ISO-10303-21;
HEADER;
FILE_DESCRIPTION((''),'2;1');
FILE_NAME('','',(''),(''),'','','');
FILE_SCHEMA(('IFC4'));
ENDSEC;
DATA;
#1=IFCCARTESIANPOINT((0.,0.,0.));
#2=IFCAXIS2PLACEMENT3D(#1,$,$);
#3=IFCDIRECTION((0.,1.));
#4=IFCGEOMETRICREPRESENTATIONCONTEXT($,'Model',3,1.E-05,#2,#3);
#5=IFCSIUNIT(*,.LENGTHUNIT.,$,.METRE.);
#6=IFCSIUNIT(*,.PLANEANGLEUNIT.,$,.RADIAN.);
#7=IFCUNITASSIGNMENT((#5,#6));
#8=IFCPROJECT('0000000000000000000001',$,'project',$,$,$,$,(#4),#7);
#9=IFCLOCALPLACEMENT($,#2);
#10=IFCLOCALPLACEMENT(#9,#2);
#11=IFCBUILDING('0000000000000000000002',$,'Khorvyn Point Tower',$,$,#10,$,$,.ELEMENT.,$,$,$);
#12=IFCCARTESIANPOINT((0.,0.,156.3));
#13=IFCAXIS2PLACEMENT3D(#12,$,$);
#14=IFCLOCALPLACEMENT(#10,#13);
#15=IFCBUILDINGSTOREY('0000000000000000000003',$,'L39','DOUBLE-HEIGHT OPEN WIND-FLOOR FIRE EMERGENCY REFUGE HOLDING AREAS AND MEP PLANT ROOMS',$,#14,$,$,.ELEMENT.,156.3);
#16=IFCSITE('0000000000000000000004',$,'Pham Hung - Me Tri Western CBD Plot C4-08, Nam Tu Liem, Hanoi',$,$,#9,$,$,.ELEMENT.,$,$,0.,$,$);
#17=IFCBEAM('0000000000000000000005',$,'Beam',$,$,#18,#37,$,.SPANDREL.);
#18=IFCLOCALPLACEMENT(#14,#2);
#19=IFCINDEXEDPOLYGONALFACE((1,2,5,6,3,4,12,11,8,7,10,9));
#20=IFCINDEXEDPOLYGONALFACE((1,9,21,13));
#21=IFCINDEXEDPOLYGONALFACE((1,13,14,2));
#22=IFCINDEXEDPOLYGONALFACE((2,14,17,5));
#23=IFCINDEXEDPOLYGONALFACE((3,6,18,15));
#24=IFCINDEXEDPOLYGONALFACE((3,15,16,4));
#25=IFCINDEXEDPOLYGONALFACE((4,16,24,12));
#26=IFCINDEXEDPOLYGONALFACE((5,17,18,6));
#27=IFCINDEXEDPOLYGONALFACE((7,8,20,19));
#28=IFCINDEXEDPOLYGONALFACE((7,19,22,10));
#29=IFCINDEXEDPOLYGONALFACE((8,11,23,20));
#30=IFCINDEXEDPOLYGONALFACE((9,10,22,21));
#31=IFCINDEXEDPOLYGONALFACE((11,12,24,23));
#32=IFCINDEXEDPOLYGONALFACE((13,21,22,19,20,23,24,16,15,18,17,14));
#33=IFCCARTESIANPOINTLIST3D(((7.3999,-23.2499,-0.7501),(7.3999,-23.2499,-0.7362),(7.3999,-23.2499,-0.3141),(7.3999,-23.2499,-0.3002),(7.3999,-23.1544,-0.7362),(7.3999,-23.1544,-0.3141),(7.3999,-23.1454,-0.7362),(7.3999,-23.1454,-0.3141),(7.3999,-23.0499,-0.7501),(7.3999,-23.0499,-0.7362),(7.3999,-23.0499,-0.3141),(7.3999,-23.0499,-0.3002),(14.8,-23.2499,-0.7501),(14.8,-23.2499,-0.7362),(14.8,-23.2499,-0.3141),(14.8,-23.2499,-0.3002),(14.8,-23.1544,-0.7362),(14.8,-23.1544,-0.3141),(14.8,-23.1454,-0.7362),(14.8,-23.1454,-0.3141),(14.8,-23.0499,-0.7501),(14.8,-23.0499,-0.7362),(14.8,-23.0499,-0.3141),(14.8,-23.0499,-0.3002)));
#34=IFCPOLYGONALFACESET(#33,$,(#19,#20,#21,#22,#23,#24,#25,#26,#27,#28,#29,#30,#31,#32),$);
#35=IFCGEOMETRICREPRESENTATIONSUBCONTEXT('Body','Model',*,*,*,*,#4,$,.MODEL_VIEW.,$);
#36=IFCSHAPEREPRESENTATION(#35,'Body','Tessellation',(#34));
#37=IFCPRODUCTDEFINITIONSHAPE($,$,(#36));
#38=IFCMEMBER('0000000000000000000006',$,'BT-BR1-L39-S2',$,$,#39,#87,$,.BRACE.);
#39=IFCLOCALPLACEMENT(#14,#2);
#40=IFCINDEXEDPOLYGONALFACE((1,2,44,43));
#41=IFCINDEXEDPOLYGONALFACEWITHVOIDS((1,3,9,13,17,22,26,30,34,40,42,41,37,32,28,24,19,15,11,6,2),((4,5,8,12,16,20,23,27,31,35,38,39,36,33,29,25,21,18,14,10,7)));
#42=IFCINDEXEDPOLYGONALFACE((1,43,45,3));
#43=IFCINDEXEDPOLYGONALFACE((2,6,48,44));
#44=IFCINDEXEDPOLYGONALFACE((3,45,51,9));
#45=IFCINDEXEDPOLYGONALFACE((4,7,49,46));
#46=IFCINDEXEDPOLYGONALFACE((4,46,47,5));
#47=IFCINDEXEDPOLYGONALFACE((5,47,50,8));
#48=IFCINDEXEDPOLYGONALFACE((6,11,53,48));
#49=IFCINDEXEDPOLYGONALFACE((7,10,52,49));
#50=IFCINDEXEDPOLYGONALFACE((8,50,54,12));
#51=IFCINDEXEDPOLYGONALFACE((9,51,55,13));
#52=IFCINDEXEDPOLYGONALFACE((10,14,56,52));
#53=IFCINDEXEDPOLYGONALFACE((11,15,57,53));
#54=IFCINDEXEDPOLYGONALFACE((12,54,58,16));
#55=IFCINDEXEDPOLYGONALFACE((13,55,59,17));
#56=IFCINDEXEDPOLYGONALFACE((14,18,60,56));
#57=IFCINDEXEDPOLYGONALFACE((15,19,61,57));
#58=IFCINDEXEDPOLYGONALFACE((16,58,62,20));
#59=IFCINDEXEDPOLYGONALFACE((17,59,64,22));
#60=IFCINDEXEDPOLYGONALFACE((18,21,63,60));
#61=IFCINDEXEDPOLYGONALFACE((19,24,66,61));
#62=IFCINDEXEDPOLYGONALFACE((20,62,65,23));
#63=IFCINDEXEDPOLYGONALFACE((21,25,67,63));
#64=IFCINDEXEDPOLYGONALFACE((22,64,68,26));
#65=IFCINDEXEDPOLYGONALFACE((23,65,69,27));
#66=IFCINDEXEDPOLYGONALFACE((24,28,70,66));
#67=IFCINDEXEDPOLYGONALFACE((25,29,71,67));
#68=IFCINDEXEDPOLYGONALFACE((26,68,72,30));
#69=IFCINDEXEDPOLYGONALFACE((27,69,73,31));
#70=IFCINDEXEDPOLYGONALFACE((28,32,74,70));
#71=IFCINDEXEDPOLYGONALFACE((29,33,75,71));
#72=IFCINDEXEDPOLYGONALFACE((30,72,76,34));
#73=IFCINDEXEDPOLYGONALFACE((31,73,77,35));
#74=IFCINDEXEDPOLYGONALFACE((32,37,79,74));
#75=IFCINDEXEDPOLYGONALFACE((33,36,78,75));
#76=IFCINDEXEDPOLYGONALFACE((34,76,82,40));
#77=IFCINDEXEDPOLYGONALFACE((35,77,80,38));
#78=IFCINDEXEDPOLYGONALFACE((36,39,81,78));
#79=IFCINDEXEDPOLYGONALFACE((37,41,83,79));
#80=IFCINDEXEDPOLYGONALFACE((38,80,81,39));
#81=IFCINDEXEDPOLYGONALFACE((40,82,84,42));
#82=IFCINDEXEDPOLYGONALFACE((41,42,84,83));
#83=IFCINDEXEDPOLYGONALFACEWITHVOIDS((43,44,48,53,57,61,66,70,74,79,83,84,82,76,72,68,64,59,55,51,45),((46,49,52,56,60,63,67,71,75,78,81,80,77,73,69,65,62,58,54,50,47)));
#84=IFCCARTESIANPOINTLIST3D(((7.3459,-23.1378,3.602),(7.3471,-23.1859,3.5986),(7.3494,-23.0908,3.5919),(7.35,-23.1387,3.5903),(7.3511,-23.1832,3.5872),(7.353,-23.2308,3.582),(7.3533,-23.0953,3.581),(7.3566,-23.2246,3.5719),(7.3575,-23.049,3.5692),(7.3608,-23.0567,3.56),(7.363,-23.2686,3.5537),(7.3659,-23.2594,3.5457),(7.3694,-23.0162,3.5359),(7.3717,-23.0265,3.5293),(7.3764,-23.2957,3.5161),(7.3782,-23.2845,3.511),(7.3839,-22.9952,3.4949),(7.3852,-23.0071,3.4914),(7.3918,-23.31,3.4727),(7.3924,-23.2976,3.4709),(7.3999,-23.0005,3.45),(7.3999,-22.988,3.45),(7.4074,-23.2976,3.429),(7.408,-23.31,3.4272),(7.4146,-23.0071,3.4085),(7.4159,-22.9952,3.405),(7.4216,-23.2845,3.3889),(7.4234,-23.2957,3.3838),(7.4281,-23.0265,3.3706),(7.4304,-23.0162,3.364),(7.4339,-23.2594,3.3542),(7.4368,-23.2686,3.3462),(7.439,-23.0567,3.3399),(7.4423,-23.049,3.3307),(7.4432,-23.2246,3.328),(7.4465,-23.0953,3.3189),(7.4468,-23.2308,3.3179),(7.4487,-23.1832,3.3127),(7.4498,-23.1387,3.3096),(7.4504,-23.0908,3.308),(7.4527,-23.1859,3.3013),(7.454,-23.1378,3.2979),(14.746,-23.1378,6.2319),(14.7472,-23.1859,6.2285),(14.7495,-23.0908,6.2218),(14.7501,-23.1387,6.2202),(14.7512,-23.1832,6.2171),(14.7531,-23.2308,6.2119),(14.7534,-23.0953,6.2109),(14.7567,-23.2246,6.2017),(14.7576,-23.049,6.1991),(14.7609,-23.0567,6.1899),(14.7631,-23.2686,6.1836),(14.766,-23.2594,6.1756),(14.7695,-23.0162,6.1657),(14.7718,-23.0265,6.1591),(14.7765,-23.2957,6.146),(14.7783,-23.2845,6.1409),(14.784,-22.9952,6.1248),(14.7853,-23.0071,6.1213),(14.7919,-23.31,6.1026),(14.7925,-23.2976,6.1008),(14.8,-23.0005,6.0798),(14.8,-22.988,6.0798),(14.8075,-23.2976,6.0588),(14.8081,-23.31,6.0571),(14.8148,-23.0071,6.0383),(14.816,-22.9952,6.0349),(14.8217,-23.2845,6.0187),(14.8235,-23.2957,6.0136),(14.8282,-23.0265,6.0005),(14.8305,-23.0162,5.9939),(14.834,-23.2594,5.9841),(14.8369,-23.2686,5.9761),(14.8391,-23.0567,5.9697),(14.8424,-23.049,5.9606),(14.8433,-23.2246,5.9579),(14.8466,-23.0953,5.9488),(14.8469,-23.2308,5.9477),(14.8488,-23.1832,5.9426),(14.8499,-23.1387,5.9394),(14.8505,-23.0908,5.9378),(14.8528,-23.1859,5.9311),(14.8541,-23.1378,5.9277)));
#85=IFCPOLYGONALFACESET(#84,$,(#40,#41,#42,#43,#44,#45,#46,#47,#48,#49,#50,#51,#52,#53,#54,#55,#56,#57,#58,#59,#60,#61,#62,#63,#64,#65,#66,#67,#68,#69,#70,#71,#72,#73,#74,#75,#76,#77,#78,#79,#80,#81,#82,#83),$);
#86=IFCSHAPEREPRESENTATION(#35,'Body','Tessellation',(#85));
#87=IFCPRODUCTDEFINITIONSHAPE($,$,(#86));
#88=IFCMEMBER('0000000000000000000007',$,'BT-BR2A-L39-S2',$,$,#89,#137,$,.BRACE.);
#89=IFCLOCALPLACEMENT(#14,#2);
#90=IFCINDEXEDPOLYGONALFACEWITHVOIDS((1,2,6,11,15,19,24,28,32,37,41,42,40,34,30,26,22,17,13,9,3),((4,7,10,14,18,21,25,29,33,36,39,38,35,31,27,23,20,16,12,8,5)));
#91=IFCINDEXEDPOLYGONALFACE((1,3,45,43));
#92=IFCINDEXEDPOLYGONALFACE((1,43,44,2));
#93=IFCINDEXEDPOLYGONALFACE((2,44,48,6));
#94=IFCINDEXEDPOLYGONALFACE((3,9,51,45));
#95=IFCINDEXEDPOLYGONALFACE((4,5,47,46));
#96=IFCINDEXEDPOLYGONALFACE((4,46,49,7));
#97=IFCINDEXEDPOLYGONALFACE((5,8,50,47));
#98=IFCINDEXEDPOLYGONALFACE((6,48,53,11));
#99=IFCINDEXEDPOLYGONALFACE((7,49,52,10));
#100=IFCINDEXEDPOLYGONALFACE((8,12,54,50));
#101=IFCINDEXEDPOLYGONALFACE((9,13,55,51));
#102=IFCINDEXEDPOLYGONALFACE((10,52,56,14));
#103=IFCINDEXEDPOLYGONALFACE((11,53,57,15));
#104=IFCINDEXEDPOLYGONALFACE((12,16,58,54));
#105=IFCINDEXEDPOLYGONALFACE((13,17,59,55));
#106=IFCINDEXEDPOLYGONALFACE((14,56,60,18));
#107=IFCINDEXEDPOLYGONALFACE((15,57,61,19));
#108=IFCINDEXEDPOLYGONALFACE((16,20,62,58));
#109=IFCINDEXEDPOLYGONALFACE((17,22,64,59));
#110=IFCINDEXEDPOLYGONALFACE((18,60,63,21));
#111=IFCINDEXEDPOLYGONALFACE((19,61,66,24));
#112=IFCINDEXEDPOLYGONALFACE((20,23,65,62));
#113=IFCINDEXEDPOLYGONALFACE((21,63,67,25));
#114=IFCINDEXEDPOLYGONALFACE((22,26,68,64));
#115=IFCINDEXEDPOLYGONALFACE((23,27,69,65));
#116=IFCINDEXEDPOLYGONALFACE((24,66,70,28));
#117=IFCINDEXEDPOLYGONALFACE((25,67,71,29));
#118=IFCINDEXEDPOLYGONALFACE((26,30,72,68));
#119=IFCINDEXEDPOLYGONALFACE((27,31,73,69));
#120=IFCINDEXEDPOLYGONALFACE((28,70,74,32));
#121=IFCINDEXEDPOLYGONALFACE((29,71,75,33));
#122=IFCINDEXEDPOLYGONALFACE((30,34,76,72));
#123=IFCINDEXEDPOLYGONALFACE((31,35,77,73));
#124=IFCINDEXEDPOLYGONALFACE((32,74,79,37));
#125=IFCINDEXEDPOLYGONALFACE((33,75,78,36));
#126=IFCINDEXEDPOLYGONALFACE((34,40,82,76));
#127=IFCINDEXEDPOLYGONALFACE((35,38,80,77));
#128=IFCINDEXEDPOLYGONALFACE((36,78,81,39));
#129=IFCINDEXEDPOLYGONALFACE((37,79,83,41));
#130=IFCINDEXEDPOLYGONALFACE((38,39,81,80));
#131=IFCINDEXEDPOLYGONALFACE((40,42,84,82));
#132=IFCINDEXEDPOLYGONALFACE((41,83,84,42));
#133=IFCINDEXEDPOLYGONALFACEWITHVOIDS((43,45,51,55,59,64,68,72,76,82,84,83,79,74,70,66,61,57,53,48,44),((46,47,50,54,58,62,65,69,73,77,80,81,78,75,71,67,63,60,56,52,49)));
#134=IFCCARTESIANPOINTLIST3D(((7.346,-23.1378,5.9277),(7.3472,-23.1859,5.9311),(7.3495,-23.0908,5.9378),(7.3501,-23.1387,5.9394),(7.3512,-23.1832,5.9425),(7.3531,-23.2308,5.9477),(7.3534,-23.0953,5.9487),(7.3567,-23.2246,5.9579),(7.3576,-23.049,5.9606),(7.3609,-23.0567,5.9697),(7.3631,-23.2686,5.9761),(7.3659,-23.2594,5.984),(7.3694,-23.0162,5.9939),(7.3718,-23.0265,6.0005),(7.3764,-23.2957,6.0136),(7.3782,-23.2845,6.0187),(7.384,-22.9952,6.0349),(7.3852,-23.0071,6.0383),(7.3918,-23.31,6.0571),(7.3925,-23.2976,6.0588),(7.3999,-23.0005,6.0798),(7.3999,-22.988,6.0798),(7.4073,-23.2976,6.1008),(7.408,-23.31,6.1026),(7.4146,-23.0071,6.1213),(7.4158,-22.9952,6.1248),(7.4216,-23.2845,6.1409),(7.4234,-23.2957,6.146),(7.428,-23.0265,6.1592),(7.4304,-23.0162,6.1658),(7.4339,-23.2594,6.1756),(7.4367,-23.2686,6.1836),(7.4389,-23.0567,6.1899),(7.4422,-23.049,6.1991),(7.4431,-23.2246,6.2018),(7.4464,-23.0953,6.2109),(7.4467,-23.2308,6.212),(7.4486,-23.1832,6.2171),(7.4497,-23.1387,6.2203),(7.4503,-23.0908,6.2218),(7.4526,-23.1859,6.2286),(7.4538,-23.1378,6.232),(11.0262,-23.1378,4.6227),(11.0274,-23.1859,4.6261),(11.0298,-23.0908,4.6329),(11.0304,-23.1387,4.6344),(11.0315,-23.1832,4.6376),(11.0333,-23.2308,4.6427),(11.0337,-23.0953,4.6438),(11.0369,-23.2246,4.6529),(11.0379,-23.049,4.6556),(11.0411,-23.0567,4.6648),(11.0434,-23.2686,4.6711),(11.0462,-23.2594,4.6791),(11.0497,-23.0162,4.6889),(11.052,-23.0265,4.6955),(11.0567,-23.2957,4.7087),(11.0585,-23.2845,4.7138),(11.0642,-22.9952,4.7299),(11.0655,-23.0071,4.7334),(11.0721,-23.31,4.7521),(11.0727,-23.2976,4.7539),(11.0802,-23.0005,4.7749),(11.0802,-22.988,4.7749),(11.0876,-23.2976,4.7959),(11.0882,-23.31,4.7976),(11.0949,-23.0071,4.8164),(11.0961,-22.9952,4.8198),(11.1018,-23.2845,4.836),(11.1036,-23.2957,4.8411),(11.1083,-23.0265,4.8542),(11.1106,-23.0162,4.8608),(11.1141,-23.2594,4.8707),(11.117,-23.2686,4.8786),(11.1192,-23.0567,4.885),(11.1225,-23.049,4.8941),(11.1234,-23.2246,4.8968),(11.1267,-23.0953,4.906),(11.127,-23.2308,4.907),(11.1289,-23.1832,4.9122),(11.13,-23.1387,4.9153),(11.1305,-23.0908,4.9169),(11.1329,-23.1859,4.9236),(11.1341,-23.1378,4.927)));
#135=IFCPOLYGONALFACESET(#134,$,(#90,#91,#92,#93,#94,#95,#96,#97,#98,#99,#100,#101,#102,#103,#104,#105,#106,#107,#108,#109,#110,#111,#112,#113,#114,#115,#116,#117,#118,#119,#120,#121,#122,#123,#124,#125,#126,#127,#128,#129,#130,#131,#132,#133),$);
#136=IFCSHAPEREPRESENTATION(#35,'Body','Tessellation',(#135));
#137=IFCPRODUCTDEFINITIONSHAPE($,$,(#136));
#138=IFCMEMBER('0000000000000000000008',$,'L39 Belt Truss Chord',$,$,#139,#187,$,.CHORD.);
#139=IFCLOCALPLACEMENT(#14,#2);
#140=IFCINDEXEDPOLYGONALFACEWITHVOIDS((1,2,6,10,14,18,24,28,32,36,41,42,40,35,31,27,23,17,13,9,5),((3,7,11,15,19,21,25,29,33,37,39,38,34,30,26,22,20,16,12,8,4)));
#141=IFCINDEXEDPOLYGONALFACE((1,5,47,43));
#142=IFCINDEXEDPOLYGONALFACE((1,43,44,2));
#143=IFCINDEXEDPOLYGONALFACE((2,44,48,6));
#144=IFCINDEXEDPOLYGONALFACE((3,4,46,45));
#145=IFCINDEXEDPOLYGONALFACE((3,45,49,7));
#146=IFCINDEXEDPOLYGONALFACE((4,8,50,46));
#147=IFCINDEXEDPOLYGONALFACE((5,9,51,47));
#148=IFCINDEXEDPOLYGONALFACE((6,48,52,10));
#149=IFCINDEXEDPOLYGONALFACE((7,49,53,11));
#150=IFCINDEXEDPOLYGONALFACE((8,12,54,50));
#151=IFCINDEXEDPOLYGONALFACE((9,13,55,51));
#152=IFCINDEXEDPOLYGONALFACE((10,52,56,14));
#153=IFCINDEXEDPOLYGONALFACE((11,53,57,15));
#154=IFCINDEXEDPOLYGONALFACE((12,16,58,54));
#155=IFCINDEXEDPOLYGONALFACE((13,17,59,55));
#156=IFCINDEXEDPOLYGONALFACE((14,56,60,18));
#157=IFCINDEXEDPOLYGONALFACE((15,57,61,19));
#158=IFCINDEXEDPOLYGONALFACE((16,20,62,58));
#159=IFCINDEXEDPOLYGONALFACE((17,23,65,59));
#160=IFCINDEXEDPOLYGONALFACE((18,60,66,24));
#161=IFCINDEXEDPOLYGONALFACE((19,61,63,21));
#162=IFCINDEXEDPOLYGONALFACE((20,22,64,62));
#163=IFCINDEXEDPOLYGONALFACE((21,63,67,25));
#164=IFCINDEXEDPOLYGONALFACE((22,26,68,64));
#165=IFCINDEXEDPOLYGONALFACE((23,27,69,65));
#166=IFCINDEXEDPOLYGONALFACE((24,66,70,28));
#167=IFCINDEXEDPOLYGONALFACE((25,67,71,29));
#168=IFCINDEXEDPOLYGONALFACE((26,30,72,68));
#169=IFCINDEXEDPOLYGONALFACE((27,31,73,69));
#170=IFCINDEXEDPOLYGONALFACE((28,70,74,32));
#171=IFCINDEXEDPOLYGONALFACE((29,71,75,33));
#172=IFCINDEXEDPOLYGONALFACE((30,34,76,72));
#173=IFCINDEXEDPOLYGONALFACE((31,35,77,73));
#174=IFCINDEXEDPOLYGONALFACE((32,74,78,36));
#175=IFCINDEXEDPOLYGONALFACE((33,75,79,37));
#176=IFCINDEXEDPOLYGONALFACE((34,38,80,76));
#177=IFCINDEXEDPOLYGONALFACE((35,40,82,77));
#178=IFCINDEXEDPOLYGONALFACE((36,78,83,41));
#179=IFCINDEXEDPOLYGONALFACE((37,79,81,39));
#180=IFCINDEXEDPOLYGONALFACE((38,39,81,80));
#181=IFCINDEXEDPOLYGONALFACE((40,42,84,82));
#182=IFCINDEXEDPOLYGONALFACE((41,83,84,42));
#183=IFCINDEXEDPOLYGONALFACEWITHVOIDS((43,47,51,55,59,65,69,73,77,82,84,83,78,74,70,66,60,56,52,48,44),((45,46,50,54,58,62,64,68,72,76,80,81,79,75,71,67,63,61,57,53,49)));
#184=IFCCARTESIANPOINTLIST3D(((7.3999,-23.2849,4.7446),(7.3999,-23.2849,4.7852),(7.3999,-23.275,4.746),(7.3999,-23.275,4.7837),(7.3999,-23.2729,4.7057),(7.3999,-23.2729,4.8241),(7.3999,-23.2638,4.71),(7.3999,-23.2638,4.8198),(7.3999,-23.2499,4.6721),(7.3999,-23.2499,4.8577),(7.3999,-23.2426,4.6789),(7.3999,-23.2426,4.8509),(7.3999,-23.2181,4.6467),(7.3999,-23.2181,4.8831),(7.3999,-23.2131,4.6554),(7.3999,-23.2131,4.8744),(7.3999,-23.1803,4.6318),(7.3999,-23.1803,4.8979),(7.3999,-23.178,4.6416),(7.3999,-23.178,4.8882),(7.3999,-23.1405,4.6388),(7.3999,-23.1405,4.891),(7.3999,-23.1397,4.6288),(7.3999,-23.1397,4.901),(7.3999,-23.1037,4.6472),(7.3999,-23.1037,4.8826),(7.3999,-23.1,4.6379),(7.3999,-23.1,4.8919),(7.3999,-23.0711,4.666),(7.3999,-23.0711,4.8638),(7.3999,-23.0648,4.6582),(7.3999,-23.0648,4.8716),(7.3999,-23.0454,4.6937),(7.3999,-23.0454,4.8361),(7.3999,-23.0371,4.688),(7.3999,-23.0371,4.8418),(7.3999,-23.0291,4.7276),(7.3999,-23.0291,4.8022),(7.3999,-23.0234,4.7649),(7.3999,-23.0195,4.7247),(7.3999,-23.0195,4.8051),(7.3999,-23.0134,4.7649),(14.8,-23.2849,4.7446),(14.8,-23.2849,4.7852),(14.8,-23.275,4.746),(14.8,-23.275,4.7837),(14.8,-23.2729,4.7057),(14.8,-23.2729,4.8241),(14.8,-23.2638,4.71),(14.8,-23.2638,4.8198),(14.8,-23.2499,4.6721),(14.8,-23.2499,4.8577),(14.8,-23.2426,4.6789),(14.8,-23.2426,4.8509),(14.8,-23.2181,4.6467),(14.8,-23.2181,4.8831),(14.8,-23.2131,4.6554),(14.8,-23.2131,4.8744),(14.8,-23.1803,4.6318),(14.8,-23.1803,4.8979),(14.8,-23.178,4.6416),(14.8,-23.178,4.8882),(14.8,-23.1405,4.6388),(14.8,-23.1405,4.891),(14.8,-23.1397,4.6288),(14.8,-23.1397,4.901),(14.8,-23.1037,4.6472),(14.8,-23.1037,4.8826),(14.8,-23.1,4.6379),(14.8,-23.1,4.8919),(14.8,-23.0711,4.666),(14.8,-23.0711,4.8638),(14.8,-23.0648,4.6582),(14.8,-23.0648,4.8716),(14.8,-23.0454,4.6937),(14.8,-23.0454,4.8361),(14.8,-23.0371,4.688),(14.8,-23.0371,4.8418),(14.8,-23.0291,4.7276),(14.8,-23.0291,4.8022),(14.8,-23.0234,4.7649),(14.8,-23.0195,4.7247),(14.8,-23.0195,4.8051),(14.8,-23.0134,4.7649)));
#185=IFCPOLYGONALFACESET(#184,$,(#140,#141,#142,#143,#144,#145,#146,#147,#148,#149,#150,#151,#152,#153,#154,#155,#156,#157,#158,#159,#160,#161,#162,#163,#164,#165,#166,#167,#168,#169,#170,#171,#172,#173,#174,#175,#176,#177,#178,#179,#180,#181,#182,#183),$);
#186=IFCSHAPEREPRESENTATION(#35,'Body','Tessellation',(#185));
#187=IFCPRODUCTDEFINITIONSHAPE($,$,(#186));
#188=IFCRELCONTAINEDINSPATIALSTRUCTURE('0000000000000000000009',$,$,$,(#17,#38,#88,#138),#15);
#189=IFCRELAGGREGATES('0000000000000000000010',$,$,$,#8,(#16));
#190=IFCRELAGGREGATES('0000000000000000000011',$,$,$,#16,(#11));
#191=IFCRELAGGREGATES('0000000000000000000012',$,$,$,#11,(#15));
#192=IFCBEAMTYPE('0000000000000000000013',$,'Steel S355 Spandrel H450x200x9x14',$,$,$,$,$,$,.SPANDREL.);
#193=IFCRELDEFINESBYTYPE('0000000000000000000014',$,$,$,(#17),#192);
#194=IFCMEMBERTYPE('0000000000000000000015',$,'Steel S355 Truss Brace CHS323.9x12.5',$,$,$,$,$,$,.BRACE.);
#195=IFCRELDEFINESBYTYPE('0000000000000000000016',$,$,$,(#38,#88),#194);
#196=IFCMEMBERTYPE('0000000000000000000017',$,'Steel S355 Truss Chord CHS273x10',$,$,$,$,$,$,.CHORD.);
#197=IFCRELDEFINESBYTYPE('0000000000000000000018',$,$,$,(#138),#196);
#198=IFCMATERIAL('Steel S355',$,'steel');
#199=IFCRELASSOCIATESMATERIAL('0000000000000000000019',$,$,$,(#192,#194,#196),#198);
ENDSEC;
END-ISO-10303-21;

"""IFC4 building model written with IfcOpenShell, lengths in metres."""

from ifc_helpers import new_model, si_unit, direction, frame, origin, origin_2d, place, context, subcontext, project, spatial, hollow_circle, i_section, extrude, material, material_profile, profile_set, type_object, element, save


model = new_model("IFC4")

# Units and contexts
model_context = context("Model", 3, precision=1e-05, world=origin(), true_north=direction((0.0, 1.0)))
body_context = subcontext(model_context, "Body", "Model", "MODEL_VIEW")
ifc_project = project(units=[si_unit("LENGTHUNIT", "METRE"), si_unit("PLANEANGLEUNIT", "RADIAN")], contexts=[model_context])

# Site, building, storey
site_placement = place(None, origin())
site = spatial("IfcSite", under=ifc_project, at=site_placement, Name="Pham Hung - Me Tri Western CBD Plot C4-08, Nam Tu Liem, Hanoi", CompositionType="ELEMENT", RefElevation=0.0)
building_placement = place(site_placement, origin())
building = spatial("IfcBuilding", under=site, at=building_placement, Name="Khorvyn Point Tower", CompositionType="ELEMENT")
storey_placement = place(building_placement, frame((0.0, 0.0, 156.3)))
storey = spatial("IfcBuildingStorey", under=building, at=storey_placement, Name="L39", Description="DOUBLE-HEIGHT OPEN WIND-FLOOR FIRE EMERGENCY REFUGE HOLDING AREAS AND MEP PLANT ROOMS", CompositionType="ELEMENT", Elevation=156.3)

# Beam
ifc_material_1 = material(Name="Steel S355", Category="steel")
ifc_material_profile_1 = material_profile(ifc_material_1, i_section(OverallWidth=0.2, OverallDepth=0.45, WebThickness=0.009, FlangeThickness=0.0139, at=origin_2d()))
ifc_profile_set_1 = profile_set([ifc_material_profile_1], Name="Steel S355 H450x200x9x14")
beam_type_1 = type_object("IfcBeamType", Name="Steel S355 Spandrel H450x200x9x14", PredefinedType="SPANDREL", material=ifc_profile_set_1)
beam_1_placement = place(storey_placement, frame((7.3999, -23.1499, -0.5251), z_axis=(1.0, 0.0, 0.0), x_axis=(0.0, 1.0, 0.0)))
element("IfcBeam", 1, at=beam_1_placement, inside=storey, type_object=beam_type_1, Name="Beam", PredefinedType="SPANDREL", context=body_context, shape_type="SweptSolid", body=[
    extrude(i_section(OverallWidth=0.2, OverallDepth=0.45, WebThickness=0.009, FlangeThickness=0.0139, at=origin_2d()), origin(), (0.0, 0.0, 1.0), 7.4001),
])

# Members
ifc_material_profile_2 = material_profile(ifc_material_1, hollow_circle(Radius=0.1619, WallThickness=0.0125, at=origin_2d()))
ifc_profile_set_2 = profile_set([ifc_material_profile_2], Name="Steel S355 CHS323.9x12.5")
member_type_1 = type_object("IfcMemberType", Name="Steel S355 Truss Brace CHS323.9x12.5", PredefinedType="BRACE", material=ifc_profile_set_2)
member_1_placement = place(storey_placement, frame((7.3999, -23.1499, 3.45), z_axis=(0.942266, 0.0, 0.334865), x_axis=(0.0, 1.0, 0.0)))
element("IfcMember", 2, at=member_1_placement, inside=storey, type_object=member_type_1, Name="BT-BR1-L39-S2", PredefinedType="BRACE", context=body_context, shape_type="SweptSolid", body=[
    extrude(hollow_circle(Radius=0.1619, WallThickness=0.0125, at=origin_2d()), origin(), (0.0, 0.0, 1.0), 7.8535),
])
member_2_placement = place(storey_placement, frame((7.3999, -23.1499, 6.0798), z_axis=(0.942503, 0.0, -0.334197), x_axis=(0.0, 1.0, 0.0)))
element("IfcMember", 3, at=member_2_placement, inside=storey, type_object=member_type_1, Name="BT-BR2A-L39-S2", PredefinedType="BRACE", context=body_context, shape_type="SweptSolid", body=[
    extrude(hollow_circle(Radius=0.1619, WallThickness=0.0125, at=origin_2d()), origin(), (0.0, 0.0, 1.0), 3.9048),
])
ifc_material_profile_3 = material_profile(ifc_material_1, hollow_circle(Radius=0.1365, WallThickness=0.01, at=origin_2d()))
ifc_profile_set_3 = profile_set([ifc_material_profile_3], Name="Steel S355 CHS273x10")
member_type_2 = type_object("IfcMemberType", Name="Steel S355 Truss Chord CHS273x10", PredefinedType="CHORD", material=ifc_profile_set_3)
member_3_placement = place(storey_placement, frame((7.3999, -23.1499, 4.7649), z_axis=(1.0, 0.0, 0.0), x_axis=(0.0, 1.0, 0.0)))
element("IfcMember", 4, at=member_3_placement, inside=storey, type_object=member_type_2, Name="L39 Belt Truss Chord", PredefinedType="CHORD", context=body_context, shape_type="SweptSolid", body=[
    extrude(hollow_circle(Radius=0.1365, WallThickness=0.01, at=origin_2d()), origin(), (0.0, 0.0, 1.0), 7.4001),
])

save(model, "model.ifc")
